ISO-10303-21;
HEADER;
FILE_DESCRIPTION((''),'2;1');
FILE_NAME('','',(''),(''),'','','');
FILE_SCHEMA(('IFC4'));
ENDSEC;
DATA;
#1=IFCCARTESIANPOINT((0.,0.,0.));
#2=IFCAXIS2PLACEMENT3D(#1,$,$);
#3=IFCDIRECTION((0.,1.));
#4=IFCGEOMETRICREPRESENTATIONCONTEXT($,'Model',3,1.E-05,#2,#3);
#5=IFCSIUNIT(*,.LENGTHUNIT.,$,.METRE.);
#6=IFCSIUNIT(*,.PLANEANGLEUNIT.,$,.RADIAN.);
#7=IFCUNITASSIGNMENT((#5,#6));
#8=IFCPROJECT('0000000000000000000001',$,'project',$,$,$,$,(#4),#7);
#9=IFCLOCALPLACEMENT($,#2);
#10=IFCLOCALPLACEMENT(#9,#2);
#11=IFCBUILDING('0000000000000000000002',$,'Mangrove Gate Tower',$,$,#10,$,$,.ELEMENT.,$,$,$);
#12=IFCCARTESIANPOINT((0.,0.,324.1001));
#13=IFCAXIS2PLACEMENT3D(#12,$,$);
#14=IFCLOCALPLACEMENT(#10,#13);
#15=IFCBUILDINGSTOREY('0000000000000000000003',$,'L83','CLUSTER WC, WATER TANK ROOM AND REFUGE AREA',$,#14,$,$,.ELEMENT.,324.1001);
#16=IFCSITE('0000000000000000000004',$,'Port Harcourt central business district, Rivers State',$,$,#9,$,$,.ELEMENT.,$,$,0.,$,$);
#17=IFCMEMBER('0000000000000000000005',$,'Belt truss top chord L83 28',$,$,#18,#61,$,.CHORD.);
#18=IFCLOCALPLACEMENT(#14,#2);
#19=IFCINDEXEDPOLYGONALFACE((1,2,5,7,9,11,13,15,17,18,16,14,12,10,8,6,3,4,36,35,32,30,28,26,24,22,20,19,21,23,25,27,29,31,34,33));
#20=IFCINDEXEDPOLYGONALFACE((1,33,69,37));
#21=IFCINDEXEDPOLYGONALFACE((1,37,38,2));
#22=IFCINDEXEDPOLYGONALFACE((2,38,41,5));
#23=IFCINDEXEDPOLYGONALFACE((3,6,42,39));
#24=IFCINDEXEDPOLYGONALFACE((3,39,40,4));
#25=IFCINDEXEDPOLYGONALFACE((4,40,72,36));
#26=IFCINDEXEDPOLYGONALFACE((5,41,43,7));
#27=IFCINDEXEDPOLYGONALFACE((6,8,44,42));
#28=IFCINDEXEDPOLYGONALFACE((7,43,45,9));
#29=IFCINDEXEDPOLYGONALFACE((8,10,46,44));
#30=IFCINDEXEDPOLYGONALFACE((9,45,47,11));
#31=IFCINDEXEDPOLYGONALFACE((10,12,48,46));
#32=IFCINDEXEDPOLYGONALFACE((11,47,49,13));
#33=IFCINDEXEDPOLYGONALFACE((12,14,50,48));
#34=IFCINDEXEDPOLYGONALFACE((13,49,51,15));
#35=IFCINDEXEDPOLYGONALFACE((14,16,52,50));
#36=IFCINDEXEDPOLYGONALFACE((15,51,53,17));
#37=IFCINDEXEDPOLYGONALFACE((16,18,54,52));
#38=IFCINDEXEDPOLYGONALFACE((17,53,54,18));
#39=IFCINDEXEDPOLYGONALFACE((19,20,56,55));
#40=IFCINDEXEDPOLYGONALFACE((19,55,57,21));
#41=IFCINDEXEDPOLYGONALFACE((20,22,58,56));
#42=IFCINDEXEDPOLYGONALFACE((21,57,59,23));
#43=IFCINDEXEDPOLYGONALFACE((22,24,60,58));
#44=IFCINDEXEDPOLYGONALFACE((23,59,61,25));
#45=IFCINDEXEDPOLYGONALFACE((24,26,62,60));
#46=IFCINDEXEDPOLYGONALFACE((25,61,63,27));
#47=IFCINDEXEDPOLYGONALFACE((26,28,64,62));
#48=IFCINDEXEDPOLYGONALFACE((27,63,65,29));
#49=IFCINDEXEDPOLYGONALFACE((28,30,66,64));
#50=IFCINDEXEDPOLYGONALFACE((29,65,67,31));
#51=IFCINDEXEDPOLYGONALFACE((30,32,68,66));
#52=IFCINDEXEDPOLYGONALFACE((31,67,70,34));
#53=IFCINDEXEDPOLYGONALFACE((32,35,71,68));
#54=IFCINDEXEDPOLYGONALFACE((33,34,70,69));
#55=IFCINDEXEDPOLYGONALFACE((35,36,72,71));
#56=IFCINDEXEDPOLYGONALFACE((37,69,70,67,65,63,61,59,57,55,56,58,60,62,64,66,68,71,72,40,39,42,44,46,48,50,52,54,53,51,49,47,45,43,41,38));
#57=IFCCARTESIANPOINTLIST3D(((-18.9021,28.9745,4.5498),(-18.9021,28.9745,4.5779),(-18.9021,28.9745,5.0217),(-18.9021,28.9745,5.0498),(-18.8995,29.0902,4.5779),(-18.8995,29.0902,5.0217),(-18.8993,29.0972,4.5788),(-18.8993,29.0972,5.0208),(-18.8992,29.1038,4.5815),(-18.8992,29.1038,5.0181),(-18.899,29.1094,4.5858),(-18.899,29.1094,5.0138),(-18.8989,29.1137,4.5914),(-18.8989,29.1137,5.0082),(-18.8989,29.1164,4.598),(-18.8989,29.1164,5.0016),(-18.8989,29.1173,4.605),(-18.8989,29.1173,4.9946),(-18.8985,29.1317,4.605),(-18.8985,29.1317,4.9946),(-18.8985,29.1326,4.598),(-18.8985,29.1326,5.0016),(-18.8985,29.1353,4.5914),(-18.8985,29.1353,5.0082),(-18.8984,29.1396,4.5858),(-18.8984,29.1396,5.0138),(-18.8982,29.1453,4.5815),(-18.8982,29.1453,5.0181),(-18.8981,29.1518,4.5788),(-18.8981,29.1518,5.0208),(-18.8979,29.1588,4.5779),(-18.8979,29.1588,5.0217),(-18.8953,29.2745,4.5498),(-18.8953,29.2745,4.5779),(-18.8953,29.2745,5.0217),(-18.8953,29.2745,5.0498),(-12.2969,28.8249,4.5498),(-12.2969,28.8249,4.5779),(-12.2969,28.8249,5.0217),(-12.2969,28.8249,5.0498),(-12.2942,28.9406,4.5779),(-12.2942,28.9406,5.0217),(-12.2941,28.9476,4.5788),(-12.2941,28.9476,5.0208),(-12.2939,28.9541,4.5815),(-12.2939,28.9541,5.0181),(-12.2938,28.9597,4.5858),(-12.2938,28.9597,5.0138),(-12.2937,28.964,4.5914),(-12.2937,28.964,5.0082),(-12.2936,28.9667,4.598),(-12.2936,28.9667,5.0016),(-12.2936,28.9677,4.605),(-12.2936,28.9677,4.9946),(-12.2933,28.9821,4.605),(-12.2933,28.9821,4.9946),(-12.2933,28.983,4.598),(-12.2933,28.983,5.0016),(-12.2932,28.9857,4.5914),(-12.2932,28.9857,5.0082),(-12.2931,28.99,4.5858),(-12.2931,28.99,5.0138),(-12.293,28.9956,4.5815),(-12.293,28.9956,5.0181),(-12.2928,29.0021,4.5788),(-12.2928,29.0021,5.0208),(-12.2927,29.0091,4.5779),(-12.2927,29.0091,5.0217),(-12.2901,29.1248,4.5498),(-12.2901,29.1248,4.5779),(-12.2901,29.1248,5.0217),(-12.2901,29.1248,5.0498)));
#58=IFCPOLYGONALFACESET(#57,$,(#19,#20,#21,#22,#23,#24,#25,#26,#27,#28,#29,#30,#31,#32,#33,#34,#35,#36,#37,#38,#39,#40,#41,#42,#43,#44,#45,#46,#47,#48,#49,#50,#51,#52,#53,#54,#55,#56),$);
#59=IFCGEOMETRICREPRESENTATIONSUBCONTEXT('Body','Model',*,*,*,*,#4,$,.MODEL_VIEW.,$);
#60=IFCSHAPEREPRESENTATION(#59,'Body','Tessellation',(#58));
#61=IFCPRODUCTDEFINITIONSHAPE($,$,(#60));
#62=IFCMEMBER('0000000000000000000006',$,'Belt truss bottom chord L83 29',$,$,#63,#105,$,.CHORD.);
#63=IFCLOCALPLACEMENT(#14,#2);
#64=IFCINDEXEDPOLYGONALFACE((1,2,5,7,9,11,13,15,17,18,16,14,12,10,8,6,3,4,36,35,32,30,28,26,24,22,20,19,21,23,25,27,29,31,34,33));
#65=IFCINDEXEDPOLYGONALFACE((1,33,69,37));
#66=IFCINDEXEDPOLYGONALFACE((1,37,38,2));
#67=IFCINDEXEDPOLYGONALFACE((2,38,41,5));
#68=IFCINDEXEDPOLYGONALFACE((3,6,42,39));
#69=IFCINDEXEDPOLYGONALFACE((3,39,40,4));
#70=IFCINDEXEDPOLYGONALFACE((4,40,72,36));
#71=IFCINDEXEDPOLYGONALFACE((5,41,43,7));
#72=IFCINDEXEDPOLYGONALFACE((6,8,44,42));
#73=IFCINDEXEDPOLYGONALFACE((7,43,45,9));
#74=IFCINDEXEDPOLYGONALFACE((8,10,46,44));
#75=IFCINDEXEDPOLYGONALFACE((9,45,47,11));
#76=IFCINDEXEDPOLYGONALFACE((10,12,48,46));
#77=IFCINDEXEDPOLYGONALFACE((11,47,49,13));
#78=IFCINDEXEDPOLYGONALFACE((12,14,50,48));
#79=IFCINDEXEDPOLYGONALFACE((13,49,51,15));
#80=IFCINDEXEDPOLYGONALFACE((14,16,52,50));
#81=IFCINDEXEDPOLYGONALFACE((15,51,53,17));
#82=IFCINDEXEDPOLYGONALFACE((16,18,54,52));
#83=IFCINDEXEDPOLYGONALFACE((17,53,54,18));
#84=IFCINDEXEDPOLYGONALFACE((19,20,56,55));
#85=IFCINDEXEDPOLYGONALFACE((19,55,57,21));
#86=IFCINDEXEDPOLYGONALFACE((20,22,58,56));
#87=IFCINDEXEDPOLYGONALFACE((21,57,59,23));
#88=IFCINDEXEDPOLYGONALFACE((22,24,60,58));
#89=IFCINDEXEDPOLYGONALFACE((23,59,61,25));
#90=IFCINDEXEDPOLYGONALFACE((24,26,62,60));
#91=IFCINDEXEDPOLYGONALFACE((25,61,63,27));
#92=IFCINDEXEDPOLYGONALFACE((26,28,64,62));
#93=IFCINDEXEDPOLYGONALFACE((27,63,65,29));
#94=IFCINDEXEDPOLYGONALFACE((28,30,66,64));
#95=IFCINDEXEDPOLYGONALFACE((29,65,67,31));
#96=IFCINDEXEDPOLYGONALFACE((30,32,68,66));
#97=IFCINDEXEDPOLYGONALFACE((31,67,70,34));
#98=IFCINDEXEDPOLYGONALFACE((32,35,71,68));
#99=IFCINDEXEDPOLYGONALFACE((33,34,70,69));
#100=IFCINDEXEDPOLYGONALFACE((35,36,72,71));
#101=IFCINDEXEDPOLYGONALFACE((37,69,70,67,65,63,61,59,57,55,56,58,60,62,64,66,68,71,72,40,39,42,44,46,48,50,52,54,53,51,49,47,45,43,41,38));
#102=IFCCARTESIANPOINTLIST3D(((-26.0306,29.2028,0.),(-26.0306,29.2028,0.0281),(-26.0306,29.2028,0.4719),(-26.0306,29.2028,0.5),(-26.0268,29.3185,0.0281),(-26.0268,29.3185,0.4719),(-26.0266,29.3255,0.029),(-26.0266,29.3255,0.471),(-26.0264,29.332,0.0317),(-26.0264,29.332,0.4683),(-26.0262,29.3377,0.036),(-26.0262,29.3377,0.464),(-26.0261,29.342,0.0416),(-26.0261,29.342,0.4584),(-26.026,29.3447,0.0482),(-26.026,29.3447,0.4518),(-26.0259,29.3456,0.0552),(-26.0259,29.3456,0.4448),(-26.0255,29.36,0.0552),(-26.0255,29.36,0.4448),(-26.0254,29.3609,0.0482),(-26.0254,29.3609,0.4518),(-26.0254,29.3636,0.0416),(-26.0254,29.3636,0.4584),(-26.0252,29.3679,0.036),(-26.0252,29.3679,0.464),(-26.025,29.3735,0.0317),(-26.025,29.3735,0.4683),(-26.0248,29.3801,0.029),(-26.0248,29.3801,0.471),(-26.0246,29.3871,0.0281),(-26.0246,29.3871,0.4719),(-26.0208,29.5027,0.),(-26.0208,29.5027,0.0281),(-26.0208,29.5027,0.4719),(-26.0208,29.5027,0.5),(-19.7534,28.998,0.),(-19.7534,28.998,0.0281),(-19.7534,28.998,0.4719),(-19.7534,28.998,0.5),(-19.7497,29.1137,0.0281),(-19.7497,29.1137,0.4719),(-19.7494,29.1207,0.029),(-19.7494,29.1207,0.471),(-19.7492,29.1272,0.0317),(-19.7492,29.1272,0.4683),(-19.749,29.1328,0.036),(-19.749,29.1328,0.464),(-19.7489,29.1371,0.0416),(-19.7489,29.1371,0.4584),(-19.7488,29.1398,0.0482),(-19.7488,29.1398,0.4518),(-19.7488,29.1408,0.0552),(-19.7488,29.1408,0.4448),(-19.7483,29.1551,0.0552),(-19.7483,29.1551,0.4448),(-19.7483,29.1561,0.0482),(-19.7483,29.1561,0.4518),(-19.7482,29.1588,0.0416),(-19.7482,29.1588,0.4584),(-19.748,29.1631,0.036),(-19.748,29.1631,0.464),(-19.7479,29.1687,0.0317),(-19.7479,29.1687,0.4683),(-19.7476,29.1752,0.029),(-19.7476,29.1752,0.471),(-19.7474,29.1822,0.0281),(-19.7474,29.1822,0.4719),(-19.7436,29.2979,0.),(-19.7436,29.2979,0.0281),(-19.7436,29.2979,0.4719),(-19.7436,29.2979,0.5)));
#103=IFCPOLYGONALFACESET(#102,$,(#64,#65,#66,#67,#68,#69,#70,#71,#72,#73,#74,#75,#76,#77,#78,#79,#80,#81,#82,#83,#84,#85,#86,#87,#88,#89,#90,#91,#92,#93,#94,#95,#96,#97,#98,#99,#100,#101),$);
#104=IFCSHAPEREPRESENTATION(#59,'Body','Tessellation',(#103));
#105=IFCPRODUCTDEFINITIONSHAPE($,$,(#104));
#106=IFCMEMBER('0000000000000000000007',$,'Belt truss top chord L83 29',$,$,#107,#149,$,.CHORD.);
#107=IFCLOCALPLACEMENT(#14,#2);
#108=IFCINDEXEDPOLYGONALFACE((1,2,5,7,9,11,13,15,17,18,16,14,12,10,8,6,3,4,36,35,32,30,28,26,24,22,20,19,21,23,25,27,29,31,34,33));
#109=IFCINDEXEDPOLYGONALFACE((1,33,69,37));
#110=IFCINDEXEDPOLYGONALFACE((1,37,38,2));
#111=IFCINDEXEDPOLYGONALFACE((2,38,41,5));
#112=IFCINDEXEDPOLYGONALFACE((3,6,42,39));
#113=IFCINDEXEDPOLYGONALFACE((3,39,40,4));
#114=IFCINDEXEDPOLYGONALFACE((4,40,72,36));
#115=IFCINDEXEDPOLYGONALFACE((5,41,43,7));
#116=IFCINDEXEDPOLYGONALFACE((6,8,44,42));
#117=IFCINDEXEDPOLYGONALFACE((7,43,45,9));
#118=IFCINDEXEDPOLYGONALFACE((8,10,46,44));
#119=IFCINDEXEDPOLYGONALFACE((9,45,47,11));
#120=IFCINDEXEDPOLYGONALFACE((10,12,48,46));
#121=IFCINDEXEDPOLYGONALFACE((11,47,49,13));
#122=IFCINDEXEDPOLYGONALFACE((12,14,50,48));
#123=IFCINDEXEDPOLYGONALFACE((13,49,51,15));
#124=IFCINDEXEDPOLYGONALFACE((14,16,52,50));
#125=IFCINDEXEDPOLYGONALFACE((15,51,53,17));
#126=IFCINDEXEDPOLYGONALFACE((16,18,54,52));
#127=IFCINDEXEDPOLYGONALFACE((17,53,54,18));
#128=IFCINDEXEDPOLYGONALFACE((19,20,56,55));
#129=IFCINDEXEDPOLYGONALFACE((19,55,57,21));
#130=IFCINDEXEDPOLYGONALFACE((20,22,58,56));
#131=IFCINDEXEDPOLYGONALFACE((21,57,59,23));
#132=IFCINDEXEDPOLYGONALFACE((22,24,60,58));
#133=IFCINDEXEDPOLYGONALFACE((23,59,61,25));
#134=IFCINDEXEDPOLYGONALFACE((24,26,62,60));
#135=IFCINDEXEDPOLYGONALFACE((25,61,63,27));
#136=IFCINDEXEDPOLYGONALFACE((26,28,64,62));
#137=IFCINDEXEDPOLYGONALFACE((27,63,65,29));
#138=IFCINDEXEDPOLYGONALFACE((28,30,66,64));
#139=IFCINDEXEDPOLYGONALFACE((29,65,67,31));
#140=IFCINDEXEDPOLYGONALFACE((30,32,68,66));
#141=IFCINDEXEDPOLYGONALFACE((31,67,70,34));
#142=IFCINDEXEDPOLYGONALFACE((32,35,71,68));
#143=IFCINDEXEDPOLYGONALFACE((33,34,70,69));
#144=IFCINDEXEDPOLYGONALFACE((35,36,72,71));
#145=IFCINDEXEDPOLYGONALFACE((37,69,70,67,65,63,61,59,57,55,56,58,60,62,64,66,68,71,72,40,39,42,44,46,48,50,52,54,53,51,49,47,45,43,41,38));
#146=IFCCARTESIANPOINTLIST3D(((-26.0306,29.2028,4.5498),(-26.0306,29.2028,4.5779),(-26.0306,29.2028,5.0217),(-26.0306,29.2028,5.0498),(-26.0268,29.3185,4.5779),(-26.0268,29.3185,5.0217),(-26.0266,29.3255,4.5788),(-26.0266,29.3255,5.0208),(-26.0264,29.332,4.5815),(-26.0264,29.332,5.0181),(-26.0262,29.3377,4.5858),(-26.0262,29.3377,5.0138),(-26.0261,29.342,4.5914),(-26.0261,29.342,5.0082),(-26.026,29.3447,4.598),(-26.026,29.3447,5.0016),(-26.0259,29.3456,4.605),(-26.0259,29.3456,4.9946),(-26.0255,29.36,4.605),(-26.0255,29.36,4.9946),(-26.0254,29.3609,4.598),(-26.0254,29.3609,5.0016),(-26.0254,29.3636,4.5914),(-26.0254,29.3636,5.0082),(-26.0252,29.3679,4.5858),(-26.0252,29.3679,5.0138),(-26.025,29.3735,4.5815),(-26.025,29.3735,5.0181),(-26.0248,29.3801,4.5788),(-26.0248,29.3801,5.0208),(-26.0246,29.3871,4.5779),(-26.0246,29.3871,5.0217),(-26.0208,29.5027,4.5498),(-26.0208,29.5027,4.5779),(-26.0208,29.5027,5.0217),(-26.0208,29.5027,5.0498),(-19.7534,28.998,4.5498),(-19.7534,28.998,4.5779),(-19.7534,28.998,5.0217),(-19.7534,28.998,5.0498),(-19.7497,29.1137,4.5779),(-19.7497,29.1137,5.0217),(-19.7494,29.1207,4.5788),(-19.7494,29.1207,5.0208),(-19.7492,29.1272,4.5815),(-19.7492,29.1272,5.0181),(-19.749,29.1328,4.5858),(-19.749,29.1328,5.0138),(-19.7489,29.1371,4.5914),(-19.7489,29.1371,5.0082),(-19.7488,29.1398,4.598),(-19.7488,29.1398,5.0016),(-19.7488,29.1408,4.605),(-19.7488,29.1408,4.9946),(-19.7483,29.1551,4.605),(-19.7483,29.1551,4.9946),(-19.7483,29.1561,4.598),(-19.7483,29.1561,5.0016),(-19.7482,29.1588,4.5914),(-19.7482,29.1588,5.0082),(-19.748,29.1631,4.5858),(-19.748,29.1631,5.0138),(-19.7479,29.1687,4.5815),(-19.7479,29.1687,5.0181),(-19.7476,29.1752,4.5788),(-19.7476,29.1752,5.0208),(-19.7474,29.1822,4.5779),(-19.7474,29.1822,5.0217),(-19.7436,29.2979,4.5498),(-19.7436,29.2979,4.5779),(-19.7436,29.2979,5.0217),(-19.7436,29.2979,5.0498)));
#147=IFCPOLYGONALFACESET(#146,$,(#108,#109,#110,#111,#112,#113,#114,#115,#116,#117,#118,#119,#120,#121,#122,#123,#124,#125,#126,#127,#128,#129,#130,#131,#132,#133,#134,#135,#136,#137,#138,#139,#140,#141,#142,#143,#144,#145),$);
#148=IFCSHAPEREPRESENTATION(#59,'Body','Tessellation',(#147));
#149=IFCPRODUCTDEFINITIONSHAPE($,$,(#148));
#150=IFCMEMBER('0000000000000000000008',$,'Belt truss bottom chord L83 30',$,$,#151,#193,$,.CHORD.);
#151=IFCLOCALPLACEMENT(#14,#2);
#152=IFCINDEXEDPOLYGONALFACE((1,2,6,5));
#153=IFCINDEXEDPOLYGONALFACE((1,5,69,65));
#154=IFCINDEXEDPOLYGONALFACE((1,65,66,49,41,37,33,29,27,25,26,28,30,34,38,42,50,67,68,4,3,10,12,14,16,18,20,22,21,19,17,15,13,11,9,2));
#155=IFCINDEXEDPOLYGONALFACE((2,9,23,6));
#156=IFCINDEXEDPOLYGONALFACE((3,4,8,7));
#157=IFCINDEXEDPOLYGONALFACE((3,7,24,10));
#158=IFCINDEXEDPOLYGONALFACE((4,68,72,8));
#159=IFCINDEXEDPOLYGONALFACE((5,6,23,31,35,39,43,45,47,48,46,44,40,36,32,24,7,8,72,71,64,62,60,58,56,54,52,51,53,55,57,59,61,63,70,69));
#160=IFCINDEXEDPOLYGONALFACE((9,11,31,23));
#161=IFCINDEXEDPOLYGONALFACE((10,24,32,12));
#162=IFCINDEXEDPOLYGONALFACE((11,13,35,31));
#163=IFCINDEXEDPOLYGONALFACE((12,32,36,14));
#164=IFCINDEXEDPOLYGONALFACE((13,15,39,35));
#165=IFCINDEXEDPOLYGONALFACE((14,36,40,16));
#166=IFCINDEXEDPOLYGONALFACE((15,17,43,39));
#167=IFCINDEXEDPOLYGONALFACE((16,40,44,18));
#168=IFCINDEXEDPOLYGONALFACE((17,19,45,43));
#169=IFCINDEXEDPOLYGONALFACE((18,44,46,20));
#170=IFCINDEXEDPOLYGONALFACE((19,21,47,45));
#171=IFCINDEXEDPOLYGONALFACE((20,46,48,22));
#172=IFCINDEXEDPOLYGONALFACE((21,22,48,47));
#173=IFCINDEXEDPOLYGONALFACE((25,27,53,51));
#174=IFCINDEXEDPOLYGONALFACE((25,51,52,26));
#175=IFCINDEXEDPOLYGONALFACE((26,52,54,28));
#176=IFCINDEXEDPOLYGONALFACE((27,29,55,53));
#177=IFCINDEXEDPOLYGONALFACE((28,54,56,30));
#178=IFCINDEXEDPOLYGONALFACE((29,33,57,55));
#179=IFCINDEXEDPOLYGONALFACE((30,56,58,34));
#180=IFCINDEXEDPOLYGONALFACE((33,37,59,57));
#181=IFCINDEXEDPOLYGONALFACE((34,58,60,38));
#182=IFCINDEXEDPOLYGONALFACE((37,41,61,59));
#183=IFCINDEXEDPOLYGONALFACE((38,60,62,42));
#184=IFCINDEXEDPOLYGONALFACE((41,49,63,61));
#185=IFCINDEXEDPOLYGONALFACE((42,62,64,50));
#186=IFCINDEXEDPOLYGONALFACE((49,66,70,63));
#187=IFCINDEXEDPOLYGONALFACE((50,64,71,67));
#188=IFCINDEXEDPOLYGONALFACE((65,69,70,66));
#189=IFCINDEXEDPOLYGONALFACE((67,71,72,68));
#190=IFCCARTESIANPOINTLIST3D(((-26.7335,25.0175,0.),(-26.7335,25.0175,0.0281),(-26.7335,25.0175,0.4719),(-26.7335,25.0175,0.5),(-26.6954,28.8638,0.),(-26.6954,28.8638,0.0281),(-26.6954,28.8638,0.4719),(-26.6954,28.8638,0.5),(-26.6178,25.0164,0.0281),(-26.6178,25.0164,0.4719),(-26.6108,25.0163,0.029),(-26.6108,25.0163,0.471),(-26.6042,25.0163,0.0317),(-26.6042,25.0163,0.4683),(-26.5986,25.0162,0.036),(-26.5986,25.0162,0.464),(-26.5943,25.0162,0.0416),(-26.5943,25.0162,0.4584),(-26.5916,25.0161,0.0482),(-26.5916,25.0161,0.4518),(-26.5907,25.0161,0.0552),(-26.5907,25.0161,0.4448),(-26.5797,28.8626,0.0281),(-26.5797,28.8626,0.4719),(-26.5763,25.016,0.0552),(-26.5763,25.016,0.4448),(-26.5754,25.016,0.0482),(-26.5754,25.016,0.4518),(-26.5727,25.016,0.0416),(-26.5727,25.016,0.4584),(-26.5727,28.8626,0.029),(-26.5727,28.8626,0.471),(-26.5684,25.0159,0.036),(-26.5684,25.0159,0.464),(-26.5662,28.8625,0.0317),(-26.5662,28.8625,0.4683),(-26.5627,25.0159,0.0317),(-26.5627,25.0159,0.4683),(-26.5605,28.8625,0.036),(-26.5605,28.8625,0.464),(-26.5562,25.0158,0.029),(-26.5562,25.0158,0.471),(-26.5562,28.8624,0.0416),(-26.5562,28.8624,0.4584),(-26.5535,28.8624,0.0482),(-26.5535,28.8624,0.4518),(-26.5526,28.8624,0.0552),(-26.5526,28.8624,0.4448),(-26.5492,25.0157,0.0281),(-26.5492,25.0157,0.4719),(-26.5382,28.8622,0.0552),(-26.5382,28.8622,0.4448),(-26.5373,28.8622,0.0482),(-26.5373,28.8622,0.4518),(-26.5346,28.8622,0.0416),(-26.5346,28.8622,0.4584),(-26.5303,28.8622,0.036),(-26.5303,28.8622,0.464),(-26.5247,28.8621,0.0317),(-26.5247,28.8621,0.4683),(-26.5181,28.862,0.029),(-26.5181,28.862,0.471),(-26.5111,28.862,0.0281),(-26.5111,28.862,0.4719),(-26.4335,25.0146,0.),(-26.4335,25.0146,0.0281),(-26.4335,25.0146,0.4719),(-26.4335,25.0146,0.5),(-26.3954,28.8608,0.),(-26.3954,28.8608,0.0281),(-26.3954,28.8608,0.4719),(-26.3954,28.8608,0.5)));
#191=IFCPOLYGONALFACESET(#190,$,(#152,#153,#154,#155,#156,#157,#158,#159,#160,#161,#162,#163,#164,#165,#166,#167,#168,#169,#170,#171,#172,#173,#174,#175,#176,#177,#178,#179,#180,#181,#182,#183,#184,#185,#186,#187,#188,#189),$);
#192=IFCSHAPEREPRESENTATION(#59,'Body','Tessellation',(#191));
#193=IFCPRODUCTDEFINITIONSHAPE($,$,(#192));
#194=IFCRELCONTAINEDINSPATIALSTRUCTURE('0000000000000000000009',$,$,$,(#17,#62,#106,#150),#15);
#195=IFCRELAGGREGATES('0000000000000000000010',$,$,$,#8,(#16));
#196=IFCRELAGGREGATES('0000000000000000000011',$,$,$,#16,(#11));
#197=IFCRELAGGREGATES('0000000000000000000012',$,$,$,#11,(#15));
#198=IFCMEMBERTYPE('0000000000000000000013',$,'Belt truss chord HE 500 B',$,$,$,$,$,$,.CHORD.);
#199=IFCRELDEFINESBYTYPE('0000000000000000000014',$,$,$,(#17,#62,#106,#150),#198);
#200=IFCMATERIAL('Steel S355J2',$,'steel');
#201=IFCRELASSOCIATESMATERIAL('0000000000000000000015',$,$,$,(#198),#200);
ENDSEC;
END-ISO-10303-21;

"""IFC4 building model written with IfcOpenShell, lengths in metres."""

from ifc_helpers import new_model, si_unit, direction, frame, origin, origin_2d, place, context, subcontext, project, spatial, i_section, extrude, material, material_profile, profile_set, type_object, element, save


model = new_model("IFC4")

# Units and contexts
model_context = context("Model", 3, precision=1e-05, world=origin(), true_north=direction((0.0, 1.0)))
body_context = subcontext(model_context, "Body", "Model", "MODEL_VIEW")
ifc_project = project(units=[si_unit("LENGTHUNIT", "METRE"), si_unit("PLANEANGLEUNIT", "RADIAN")], contexts=[model_context])

# Site, building, storey
site_placement = place(None, origin())
site = spatial("IfcSite", under=ifc_project, at=site_placement, Name="Port Harcourt central business district, Rivers State", CompositionType="ELEMENT", RefElevation=0.0)
building_placement = place(site_placement, origin())
building = spatial("IfcBuilding", under=site, at=building_placement, Name="Mangrove Gate Tower", CompositionType="ELEMENT")
storey_placement = place(building_placement, frame((0.0, 0.0, 324.1001)))
storey = spatial("IfcBuildingStorey", under=building, at=storey_placement, Name="L83", Description="CLUSTER WC, WATER TANK ROOM AND REFUGE AREA", CompositionType="ELEMENT", Elevation=324.1001)

# Members
ifc_material_1 = material(Name="Steel S355J2", Category="steel")
ifc_material_profile_1 = material_profile(ifc_material_1, i_section(OverallWidth=0.3, OverallDepth=0.5, WebThickness=0.0144, FlangeThickness=0.0281, FilletRadius=0.0271, at=origin_2d()))
ifc_profile_set_1 = profile_set([ifc_material_profile_1], Name="Steel S355J2")
member_type_1 = type_object("IfcMemberType", Name="Belt truss chord HE 500 B", PredefinedType="CHORD", material=ifc_profile_set_1)
for number, where, z_axis, x_axis, name in (
    (1, (-12.2935, 28.9749, 4.7998), (-0.999743, 0.022652, 0.0), (-0.022652, -0.999743, 0.0), "Belt truss top chord L83 28"),
):
    element("IfcMember", number, at=place(storey_placement, frame(where, z_axis=z_axis, x_axis=x_axis)), inside=storey, type_object=member_type_1, Name=name, PredefinedType="CHORD", context=body_context, shape_type="SweptSolid", body=[
        extrude(i_section(OverallWidth=0.3, OverallDepth=0.5, WebThickness=0.0144, FlangeThickness=0.0281, FilletRadius=0.0271, at=origin_2d()), origin(), (0.0, 0.0, 1.0), 6.6069),
    ])
for number, where, z_axis, x_axis, name in (
    (2, (-19.7485, 29.1479, 0.25), (-0.999468, 0.032615, 0.0), (-0.032615, -0.999468, 0.0), "Belt truss bottom chord L83 29"),
    (3, (-19.7485, 29.1479, 4.7998), (-0.999468, 0.032615, 0.0), (-0.032615, -0.999468, 0.0), "Belt truss top chord L83 29"),
):
    element("IfcMember", number, at=place(storey_placement, frame(where, z_axis=z_axis, x_axis=x_axis)), inside=storey, type_object=member_type_1, Name=name, PredefinedType="CHORD", context=body_context, shape_type="SweptSolid", body=[
        extrude(i_section(OverallWidth=0.3, OverallDepth=0.5, WebThickness=0.0144, FlangeThickness=0.0281, FilletRadius=0.0271, at=origin_2d()), origin(), (0.0, 0.0, 1.0), 6.2805),
    ])
for number, where, z_axis, x_axis, name in (
    (4, (-26.5454, 28.8623, 0.25), (-0.009902, -0.999951, 0.0), (0.999951, -0.009902, 0.0), "Belt truss bottom chord L83 30"),
):
    element("IfcMember", number, at=place(storey_placement, frame(where, z_axis=z_axis, x_axis=x_axis)), inside=storey, type_object=member_type_1, Name=name, PredefinedType="CHORD", context=body_context, shape_type="SweptSolid", body=[
        extrude(i_section(OverallWidth=0.3, OverallDepth=0.5, WebThickness=0.0144, FlangeThickness=0.0281, FilletRadius=0.0271, at=origin_2d()), origin(), (0.0, 0.0, 1.0), 3.8464),
    ])

save(model, "model.ifc")
